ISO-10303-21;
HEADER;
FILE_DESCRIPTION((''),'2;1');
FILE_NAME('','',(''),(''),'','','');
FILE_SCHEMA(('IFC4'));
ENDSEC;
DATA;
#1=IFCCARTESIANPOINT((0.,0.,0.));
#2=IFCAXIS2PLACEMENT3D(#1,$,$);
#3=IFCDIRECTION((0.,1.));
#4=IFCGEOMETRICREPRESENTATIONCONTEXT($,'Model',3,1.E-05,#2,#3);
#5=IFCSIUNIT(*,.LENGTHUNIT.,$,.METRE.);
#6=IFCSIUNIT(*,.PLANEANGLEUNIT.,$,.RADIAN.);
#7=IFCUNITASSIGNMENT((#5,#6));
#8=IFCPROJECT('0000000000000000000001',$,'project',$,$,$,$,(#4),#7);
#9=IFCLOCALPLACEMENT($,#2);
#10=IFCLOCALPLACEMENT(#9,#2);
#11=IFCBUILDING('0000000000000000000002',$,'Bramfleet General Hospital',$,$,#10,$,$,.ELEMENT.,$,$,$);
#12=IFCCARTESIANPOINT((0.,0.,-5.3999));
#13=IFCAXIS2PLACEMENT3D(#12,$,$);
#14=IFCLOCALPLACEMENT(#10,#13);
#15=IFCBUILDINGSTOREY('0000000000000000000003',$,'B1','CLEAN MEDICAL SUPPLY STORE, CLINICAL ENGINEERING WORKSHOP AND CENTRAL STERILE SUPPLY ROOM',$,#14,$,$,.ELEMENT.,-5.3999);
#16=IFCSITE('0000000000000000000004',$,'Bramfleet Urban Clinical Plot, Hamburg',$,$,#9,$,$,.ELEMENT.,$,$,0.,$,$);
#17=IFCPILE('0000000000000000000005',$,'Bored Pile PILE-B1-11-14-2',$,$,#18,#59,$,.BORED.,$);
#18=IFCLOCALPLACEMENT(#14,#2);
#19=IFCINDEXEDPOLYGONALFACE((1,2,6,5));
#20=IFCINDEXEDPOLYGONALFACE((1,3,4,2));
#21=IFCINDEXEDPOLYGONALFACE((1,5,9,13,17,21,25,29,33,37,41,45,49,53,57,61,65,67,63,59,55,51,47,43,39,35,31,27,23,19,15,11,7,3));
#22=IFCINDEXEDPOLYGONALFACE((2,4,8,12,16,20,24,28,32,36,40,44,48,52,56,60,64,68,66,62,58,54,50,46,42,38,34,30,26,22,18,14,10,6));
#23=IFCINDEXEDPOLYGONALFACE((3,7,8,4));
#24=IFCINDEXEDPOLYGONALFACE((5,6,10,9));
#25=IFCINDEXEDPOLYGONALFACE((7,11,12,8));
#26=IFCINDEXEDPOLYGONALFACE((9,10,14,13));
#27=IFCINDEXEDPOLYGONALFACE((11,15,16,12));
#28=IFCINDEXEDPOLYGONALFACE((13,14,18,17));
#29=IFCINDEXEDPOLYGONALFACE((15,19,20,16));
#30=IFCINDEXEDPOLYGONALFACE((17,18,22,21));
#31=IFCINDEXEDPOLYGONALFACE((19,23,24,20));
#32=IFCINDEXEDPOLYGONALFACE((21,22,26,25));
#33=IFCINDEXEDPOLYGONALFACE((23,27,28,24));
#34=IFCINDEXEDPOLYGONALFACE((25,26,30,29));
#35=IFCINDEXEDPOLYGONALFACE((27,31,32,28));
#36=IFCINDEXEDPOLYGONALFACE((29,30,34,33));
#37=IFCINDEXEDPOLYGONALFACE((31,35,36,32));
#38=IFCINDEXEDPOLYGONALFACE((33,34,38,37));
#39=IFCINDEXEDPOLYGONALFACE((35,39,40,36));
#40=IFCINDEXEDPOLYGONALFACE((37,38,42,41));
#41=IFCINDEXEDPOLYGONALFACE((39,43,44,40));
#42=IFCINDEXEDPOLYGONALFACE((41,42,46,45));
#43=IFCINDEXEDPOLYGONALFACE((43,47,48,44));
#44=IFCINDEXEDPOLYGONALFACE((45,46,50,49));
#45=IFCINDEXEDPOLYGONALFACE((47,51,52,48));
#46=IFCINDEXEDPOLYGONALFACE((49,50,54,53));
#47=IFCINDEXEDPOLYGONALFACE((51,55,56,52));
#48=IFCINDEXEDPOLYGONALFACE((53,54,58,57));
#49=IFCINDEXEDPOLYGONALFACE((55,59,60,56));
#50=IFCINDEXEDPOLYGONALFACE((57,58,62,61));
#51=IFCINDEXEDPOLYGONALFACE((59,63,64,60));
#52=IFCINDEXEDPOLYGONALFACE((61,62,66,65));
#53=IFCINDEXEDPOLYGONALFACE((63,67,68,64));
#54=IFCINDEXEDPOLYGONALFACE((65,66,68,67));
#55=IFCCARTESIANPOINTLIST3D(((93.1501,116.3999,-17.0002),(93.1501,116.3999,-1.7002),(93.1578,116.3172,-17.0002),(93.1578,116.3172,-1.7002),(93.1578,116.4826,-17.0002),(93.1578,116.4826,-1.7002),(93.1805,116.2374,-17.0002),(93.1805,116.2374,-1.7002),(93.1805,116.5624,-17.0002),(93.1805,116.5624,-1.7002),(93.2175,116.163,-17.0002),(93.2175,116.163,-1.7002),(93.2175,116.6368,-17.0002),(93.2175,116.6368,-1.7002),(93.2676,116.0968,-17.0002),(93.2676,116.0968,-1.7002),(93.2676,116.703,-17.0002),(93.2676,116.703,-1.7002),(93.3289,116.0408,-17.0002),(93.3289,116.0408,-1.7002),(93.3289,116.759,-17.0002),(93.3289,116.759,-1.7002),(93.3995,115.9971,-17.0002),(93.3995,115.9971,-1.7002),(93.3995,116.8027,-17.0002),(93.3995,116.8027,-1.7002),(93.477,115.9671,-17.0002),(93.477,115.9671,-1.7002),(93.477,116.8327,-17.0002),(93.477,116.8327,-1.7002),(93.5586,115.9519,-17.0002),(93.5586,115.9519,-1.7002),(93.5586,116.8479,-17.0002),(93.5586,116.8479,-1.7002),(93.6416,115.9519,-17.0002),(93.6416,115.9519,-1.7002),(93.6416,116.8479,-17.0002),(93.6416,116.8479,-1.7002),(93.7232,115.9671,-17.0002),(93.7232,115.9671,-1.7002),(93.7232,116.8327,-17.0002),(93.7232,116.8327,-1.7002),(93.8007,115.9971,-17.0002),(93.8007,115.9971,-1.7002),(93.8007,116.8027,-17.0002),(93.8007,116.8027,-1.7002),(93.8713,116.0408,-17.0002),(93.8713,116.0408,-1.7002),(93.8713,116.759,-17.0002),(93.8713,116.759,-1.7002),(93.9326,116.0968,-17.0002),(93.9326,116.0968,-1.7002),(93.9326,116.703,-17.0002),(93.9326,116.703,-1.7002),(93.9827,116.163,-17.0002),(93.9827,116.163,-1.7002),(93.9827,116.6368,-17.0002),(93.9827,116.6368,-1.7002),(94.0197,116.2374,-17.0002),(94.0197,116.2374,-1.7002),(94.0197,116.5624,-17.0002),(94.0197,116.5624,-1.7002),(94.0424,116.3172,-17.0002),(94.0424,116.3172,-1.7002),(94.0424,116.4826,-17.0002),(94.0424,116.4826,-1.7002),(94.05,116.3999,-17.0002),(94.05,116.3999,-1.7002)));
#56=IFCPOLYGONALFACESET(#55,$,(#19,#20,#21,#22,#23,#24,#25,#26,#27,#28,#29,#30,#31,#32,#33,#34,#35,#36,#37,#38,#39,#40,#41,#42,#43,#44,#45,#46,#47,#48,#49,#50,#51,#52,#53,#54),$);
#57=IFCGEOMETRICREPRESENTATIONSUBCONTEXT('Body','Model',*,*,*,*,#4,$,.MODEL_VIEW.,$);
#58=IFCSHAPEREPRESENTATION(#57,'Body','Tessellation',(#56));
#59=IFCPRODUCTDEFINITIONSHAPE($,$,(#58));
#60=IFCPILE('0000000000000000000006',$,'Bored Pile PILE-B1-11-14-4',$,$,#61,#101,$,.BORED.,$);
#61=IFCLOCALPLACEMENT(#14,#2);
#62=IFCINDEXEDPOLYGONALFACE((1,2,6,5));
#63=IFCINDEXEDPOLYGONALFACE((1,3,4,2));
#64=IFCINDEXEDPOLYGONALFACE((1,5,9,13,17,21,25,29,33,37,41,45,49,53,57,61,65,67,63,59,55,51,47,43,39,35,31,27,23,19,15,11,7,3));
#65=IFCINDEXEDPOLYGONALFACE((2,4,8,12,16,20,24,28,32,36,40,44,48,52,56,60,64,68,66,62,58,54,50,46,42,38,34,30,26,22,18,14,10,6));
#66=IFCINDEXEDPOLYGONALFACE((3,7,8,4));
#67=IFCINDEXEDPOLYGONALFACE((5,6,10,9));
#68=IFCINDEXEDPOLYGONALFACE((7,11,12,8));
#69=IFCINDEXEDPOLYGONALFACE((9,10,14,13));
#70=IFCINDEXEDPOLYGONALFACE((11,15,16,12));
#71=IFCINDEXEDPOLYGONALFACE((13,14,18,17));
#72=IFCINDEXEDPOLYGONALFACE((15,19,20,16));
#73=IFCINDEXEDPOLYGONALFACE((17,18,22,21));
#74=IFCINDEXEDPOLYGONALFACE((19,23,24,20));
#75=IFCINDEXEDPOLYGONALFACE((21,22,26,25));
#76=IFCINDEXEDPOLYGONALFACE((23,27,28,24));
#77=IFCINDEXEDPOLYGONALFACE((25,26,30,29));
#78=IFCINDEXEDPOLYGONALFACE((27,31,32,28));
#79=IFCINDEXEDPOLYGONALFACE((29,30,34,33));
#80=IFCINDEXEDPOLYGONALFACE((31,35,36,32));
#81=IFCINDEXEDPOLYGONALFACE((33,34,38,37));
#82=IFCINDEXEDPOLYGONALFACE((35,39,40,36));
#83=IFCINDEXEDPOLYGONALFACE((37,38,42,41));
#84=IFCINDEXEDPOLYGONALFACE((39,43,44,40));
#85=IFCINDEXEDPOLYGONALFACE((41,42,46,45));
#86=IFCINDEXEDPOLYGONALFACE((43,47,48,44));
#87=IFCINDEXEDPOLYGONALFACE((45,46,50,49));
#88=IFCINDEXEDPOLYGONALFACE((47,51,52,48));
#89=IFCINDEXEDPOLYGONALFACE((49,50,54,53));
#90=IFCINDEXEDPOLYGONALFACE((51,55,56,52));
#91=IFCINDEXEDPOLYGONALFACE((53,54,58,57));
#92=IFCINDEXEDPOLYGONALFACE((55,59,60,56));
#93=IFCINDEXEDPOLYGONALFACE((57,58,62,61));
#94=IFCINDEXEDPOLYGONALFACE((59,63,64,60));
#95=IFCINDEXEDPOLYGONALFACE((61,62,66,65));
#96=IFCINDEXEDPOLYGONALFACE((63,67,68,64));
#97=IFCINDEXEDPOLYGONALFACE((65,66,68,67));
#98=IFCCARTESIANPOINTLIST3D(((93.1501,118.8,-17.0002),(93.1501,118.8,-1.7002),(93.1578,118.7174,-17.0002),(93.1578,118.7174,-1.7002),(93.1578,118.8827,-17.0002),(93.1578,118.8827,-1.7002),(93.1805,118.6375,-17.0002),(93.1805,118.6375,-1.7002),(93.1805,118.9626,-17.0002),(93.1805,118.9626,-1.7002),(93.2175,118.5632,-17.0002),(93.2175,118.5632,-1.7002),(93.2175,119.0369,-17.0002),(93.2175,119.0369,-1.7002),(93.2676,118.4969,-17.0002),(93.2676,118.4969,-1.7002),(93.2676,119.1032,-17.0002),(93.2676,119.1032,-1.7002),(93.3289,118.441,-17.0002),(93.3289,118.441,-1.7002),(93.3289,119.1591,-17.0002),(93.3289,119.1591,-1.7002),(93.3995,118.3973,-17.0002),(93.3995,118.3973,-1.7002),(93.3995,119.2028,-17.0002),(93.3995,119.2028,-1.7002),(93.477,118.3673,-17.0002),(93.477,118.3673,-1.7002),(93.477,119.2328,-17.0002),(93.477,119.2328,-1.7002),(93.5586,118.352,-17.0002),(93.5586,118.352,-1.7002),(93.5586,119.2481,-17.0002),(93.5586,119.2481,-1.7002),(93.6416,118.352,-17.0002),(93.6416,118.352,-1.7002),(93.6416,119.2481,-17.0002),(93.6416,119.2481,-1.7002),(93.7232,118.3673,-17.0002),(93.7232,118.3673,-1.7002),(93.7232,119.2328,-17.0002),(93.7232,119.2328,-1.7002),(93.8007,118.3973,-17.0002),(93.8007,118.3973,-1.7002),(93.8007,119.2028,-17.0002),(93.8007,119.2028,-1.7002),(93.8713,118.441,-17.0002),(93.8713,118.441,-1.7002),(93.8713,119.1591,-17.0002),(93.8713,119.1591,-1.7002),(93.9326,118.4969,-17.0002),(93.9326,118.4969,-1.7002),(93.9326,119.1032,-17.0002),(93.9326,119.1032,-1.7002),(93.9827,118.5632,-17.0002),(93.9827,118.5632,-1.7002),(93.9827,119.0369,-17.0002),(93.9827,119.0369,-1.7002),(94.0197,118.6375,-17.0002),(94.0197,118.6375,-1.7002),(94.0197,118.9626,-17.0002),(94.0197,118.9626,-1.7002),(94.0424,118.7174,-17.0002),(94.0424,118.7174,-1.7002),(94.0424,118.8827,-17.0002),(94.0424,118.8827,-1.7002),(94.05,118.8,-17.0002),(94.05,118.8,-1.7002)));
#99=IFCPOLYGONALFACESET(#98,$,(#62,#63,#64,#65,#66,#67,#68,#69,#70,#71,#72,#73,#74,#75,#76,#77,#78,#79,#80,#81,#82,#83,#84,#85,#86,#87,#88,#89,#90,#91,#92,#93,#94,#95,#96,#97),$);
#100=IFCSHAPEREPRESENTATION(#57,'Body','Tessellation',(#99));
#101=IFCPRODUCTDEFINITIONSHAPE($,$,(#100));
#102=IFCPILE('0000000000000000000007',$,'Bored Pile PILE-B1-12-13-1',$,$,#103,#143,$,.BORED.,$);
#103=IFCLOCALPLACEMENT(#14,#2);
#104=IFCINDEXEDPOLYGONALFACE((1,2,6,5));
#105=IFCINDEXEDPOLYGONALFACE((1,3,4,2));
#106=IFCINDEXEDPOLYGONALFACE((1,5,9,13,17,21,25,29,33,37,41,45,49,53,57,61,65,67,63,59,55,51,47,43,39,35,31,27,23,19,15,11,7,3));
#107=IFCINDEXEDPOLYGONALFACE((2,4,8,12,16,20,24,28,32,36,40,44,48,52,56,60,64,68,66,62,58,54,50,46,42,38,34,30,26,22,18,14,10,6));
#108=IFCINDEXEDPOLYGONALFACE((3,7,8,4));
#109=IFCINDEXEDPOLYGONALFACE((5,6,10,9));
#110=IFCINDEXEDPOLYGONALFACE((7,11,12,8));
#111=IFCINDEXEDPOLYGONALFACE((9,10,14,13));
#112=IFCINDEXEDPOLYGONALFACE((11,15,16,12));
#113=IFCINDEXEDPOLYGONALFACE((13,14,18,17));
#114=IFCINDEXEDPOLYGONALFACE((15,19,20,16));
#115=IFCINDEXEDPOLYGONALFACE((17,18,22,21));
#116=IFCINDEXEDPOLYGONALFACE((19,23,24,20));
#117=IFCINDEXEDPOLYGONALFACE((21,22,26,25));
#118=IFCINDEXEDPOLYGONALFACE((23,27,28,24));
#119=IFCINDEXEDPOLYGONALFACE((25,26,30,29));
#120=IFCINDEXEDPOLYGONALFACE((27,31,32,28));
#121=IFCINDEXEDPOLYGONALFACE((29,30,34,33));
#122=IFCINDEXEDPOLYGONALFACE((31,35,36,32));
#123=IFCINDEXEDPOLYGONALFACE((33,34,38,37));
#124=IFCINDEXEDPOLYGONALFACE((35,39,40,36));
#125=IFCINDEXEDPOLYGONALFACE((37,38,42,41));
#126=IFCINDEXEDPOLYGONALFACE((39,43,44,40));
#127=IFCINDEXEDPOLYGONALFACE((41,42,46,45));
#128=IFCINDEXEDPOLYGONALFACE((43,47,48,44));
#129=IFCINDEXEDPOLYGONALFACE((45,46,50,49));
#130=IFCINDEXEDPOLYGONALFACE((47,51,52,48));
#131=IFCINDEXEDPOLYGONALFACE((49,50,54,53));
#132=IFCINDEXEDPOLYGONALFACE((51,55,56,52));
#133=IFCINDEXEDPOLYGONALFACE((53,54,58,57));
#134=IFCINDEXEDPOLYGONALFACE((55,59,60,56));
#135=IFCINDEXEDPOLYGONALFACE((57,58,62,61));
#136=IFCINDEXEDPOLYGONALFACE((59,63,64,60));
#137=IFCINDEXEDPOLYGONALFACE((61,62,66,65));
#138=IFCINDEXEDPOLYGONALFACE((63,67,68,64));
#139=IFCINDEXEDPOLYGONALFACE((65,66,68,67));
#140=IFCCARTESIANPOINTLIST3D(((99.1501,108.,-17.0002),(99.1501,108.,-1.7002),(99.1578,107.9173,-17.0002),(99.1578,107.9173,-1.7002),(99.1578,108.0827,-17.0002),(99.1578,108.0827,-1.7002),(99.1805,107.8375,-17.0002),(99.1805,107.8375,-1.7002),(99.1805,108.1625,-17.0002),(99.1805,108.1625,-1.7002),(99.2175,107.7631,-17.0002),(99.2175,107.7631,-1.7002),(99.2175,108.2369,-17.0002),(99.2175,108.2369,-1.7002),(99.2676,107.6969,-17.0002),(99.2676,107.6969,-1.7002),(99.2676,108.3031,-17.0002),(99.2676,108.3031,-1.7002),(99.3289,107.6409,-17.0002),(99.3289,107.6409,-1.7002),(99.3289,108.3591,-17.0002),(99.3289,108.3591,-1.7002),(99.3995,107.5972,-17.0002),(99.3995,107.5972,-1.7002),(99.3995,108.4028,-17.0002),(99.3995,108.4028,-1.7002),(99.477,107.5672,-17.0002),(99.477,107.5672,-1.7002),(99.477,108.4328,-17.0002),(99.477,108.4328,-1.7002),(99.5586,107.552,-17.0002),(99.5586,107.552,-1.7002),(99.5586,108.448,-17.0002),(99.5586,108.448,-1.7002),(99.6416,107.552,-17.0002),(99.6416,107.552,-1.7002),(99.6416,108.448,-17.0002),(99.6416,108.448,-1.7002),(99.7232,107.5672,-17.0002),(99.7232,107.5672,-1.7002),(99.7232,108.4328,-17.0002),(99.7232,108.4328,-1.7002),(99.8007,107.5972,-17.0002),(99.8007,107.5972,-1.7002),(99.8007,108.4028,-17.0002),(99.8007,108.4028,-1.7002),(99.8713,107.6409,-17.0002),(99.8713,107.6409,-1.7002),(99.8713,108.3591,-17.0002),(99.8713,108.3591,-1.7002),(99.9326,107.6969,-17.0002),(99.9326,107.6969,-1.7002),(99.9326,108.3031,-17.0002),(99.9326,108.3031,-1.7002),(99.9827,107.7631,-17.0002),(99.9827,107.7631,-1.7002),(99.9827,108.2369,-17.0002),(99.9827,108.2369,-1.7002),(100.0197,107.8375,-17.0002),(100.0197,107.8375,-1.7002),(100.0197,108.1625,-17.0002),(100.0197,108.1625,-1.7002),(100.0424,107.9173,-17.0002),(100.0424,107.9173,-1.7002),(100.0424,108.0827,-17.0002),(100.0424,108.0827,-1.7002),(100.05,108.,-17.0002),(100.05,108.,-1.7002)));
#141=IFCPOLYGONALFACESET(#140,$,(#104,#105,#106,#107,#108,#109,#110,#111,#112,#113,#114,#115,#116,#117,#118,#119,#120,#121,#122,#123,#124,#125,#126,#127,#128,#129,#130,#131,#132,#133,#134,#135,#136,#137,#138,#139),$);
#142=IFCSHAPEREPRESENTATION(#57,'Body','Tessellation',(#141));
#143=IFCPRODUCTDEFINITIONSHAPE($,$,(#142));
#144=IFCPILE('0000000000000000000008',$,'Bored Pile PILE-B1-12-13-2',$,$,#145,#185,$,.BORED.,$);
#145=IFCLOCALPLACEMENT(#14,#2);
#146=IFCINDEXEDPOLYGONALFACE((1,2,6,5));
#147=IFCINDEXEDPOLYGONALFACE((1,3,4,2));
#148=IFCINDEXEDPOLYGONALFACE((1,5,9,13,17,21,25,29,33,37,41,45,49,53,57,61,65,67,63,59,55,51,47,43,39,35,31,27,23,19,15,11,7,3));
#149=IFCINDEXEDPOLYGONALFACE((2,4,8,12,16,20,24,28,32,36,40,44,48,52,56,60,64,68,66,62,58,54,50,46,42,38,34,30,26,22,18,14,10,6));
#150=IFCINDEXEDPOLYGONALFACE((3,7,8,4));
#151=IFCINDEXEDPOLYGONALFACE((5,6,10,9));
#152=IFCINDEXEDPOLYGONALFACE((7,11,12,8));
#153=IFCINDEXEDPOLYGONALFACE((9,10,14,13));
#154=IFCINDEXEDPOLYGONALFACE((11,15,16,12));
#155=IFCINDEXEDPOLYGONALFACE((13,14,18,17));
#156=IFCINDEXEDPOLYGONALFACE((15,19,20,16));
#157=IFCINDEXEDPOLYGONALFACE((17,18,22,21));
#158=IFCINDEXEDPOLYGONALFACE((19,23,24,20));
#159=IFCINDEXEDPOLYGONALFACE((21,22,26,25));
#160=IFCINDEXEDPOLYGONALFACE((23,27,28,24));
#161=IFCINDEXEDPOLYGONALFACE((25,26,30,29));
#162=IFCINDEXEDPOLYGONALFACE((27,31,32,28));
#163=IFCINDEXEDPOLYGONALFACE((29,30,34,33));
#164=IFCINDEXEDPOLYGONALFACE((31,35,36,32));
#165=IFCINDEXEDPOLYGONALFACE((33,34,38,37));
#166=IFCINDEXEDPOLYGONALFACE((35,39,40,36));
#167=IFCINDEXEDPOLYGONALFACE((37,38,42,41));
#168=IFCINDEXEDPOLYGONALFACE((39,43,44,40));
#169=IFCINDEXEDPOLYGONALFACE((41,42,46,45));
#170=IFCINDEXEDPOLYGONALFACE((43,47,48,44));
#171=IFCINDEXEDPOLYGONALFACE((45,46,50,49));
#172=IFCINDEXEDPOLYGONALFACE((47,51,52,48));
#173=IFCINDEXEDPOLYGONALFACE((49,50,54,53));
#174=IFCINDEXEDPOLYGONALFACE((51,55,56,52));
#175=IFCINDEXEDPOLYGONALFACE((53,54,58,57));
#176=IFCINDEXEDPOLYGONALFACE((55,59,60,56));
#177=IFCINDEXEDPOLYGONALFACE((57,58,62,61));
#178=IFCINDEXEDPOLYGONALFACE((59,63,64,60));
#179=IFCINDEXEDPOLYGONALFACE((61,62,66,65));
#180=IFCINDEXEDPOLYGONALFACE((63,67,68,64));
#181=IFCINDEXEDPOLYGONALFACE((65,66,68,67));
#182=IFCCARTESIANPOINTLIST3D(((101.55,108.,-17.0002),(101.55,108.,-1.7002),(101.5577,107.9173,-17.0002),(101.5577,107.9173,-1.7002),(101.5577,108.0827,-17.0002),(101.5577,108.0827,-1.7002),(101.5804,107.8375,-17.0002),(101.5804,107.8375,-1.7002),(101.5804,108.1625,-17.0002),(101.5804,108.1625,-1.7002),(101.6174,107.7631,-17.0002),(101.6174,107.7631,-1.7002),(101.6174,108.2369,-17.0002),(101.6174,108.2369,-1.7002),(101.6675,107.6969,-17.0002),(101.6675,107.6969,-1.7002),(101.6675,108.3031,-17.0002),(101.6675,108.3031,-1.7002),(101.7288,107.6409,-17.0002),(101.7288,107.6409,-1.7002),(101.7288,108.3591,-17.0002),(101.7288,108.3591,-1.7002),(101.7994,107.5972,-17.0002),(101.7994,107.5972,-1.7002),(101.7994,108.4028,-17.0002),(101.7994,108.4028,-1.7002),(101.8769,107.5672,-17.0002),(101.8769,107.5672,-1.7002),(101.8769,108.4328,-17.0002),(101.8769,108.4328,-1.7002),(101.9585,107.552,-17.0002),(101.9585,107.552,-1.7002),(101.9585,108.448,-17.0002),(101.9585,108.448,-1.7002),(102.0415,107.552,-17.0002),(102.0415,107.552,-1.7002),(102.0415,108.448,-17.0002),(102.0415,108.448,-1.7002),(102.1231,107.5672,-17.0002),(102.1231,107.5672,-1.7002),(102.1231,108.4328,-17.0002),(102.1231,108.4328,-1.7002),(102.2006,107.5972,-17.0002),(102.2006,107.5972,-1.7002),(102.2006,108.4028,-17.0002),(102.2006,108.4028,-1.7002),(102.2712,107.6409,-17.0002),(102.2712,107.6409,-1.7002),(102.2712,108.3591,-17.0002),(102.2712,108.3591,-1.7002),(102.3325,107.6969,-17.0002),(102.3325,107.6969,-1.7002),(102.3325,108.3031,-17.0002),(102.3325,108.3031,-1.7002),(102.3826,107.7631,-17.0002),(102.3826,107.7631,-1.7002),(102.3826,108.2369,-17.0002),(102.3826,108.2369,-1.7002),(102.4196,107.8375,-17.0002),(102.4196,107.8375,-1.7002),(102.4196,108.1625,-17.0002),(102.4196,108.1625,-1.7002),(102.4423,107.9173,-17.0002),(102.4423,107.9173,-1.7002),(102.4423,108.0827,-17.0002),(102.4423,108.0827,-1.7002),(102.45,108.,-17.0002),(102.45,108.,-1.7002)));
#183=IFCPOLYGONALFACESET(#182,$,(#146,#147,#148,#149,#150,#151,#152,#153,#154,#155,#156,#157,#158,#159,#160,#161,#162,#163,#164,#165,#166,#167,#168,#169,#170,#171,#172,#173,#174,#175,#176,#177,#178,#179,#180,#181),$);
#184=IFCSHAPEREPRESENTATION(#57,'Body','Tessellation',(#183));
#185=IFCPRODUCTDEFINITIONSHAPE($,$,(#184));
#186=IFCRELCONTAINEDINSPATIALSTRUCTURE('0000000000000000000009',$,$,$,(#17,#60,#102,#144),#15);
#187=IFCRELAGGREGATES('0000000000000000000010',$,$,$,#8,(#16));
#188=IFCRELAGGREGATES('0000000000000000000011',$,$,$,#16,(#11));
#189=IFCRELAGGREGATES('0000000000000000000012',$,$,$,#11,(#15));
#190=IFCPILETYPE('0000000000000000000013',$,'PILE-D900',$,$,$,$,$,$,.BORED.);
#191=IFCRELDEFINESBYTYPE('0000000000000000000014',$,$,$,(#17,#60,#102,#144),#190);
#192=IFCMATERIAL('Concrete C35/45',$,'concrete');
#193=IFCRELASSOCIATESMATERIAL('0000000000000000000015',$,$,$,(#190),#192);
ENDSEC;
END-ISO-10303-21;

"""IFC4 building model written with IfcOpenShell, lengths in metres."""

from ifc_helpers import new_model, si_unit, direction, frame, origin, origin_2d, place, context, subcontext, project, spatial, circle, extrude, material, material_profile, profile_set, type_object, element, save


model = new_model("IFC4")

# Units and contexts
model_context = context("Model", 3, precision=1e-05, world=origin(), true_north=direction((0.0, 1.0)))
body_context = subcontext(model_context, "Body", "Model", "MODEL_VIEW")
ifc_project = project(units=[si_unit("LENGTHUNIT", "METRE"), si_unit("PLANEANGLEUNIT", "RADIAN")], contexts=[model_context])

# Site, building, storey
site_placement = place(None, origin())
site = spatial("IfcSite", under=ifc_project, at=site_placement, Name="Bramfleet Urban Clinical Plot, Hamburg", CompositionType="ELEMENT", RefElevation=0.0)
building_placement = place(site_placement, origin())
building = spatial("IfcBuilding", under=site, at=building_placement, Name="Bramfleet General Hospital", CompositionType="ELEMENT")
storey_placement = place(building_placement, frame((0.0, 0.0, -5.3999)))
storey = spatial("IfcBuildingStorey", under=building, at=storey_placement, Name="B1", Description="CLEAN MEDICAL SUPPLY STORE, CLINICAL ENGINEERING WORKSHOP AND CENTRAL STERILE SUPPLY ROOM", CompositionType="ELEMENT", Elevation=-5.3999)

# Shared definitions
ifc_material_1 = material(Name="Concrete C35/45", Category="concrete")

# Piles
ifc_material_profile_1 = material_profile(ifc_material_1, circle(Radius=0.45, at=origin_2d()), Name="PILE BORED D900")
ifc_profile_set_1 = profile_set([ifc_material_profile_1], Name="Concrete C35/45")
pile_type_1 = type_object("IfcPileType", Name="PILE-D900", PredefinedType="BORED", material=ifc_profile_set_1)
for number, where, z_axis, x_axis, name in (
    (1, (93.6001, 116.3999, -1.7002), (0.0, 0.0, -1.0), (1.0, 0.0, 0.0), "Bored Pile PILE-B1-11-14-2"),
    (2, (93.6001, 118.8, -1.7002), (0.0, 0.0, -1.0), (1.0, 0.0, 0.0), "Bored Pile PILE-B1-11-14-4"),
    (3, (99.6001, 108.0, -1.7002), (0.0, 0.0, -1.0), (1.0, 0.0, 0.0), "Bored Pile PILE-B1-12-13-1"),
    (4, (102.0, 108.0, -1.7002), (0.0, 0.0, -1.0), (1.0, 0.0, 0.0), "Bored Pile PILE-B1-12-13-2"),
):
    element("IfcPile", number, at=place(storey_placement, frame(where, z_axis=z_axis, x_axis=x_axis)), inside=storey, type_object=pile_type_1, Name=name, PredefinedType="BORED", context=body_context, shape_type="SweptSolid", body=[
        extrude(circle(Radius=0.45, at=origin_2d()), origin(), (0.0, 0.0, 1.0), 15.3),
    ])

save(model, "model.ifc")
